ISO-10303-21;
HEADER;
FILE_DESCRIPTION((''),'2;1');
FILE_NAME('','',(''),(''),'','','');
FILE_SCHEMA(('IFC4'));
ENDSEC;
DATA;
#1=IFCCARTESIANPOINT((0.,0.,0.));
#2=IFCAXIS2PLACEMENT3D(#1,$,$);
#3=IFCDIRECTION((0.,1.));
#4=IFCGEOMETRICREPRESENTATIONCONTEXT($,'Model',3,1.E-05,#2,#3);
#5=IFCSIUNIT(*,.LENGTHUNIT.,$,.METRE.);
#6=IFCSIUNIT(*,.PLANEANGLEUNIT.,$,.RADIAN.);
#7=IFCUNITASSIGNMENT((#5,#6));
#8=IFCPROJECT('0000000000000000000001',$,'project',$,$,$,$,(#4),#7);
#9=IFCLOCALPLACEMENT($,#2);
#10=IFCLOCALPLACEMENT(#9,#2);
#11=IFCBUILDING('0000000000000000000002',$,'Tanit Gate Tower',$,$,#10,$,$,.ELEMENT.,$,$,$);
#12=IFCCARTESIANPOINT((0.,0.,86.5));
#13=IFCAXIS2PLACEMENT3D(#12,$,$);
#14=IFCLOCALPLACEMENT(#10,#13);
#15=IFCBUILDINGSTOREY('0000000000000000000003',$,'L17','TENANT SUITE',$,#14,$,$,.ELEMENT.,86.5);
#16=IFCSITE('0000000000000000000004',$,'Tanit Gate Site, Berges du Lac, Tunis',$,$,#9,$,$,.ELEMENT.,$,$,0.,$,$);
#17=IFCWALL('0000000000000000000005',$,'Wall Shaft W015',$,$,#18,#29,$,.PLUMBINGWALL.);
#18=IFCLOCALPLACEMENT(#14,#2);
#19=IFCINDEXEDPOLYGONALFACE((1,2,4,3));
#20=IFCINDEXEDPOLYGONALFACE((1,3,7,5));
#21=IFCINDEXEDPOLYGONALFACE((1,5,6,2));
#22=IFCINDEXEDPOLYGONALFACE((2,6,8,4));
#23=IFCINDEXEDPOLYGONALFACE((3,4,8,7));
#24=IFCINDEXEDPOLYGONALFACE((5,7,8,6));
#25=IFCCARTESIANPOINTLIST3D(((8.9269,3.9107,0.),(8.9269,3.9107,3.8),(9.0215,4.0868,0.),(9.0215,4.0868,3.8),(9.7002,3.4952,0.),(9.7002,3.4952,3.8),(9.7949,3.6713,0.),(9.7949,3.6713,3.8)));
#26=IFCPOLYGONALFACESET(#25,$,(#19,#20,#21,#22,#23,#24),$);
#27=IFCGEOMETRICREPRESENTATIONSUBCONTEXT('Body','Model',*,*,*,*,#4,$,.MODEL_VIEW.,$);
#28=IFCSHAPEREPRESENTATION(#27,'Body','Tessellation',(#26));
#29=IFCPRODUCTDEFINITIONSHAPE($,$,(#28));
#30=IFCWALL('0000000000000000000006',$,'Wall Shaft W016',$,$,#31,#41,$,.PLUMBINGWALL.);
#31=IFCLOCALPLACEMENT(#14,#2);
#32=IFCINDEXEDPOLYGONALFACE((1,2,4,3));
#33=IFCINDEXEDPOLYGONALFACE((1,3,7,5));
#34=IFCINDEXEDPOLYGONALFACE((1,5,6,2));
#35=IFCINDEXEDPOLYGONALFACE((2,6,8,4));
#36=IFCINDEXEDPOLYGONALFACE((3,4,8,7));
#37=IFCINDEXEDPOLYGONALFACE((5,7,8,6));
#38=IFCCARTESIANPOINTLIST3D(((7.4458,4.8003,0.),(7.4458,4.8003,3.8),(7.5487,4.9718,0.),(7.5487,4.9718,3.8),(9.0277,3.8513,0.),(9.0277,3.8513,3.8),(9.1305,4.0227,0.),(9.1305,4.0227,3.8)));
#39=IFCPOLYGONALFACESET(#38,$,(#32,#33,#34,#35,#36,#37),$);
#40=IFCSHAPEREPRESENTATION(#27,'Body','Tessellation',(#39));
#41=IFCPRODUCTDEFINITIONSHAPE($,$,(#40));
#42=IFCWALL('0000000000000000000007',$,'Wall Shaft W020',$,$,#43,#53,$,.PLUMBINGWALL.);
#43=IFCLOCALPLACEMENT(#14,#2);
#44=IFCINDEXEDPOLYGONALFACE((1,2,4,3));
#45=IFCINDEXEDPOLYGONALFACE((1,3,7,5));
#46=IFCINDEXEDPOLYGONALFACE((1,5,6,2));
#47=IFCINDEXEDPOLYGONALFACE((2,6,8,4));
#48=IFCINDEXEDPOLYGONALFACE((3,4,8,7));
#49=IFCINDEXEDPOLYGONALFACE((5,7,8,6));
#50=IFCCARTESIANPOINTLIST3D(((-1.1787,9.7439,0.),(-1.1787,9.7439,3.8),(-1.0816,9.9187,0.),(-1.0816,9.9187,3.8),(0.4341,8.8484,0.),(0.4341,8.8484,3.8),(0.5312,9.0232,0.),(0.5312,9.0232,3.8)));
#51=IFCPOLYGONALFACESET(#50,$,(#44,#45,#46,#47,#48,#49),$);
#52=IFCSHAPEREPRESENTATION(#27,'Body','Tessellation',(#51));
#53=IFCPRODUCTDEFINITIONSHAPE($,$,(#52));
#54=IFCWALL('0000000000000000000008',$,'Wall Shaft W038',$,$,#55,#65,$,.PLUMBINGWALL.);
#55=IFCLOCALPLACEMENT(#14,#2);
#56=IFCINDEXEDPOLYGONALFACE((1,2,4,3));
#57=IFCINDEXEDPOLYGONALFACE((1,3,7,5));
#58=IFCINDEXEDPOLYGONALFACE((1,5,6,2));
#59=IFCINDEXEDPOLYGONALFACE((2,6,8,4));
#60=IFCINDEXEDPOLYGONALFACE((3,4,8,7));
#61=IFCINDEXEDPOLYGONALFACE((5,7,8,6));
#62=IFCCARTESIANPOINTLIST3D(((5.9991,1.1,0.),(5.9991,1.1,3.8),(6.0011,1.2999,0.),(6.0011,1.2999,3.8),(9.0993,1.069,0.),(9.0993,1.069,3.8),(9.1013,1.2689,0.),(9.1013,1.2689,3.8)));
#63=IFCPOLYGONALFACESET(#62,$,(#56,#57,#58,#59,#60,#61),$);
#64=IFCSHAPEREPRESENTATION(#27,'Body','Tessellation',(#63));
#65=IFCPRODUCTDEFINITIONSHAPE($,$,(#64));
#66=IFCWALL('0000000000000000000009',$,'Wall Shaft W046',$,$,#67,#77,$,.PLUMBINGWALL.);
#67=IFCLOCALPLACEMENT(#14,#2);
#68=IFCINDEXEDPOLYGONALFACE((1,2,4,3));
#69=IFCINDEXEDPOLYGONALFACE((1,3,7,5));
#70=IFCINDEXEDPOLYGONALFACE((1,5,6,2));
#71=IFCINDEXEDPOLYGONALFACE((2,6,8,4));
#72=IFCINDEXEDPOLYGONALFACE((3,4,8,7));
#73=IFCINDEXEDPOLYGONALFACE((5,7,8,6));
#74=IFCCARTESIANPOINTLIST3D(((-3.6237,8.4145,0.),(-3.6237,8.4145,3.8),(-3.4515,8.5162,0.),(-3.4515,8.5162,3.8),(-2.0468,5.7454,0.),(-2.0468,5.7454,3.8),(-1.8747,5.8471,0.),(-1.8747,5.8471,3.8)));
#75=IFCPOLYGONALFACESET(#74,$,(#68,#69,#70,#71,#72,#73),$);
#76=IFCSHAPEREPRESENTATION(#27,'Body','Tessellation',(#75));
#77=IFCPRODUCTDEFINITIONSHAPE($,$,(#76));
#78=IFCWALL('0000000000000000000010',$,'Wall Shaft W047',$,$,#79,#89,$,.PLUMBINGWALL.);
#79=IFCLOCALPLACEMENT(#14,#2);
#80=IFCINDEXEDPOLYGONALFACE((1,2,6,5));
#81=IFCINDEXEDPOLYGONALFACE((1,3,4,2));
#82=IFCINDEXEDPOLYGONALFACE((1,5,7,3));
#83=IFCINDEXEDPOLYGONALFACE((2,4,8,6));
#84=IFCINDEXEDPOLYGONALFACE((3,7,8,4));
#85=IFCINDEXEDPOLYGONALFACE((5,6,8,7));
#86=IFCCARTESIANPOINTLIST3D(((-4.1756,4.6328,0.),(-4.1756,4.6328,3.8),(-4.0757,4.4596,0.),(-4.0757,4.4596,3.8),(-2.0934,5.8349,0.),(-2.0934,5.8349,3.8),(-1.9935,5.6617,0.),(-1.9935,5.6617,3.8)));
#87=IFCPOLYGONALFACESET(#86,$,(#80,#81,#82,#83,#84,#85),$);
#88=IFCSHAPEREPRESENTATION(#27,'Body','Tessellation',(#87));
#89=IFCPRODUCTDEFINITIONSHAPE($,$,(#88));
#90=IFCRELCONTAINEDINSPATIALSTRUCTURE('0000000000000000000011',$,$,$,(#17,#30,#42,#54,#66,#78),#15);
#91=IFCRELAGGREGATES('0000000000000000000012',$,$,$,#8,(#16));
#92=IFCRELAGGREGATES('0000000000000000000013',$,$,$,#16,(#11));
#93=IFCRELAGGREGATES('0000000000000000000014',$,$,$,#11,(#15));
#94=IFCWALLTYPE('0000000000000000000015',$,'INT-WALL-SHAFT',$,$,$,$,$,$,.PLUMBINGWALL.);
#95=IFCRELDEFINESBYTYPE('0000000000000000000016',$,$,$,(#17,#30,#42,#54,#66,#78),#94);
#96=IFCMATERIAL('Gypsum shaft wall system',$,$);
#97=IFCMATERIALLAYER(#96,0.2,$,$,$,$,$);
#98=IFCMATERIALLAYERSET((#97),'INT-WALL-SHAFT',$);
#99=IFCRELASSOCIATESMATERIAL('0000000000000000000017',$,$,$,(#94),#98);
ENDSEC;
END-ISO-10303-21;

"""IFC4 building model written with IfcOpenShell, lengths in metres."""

from ifc_helpers import new_model, si_unit, direction, frame, frame_2d, origin, place, context, subcontext, project, spatial, rectangle, extrude, material, layer, layer_set, type_object, element, save


model = new_model("IFC4")

# Units and contexts
model_context = context("Model", 3, precision=1e-05, world=origin(), true_north=direction((0.0, 1.0)))
body_context = subcontext(model_context, "Body", "Model", "MODEL_VIEW")
ifc_project = project(units=[si_unit("LENGTHUNIT", "METRE"), si_unit("PLANEANGLEUNIT", "RADIAN")], contexts=[model_context])

# Site, building, storey
site_placement = place(None, origin())
site = spatial("IfcSite", under=ifc_project, at=site_placement, Name="Tanit Gate Site, Berges du Lac, Tunis", CompositionType="ELEMENT", RefElevation=0.0)
building_placement = place(site_placement, origin())
building = spatial("IfcBuilding", under=site, at=building_placement, Name="Tanit Gate Tower", CompositionType="ELEMENT")
storey_placement = place(building_placement, frame((0.0, 0.0, 86.5)))
storey = spatial("IfcBuildingStorey", under=building, at=storey_placement, Name="L17", Description="TENANT SUITE", CompositionType="ELEMENT", Elevation=86.5)

# Walls
ifc_material_1 = material(Name="Gypsum shaft wall system")
ifc_layer_1 = layer(ifc_material_1, 0.2)
ifc_layer_set_1 = layer_set([ifc_layer_1], Name="INT-WALL-SHAFT")
wall_type_1 = type_object("IfcWallType", Name="INT-WALL-SHAFT", PredefinedType="PLUMBINGWALL", material=ifc_layer_set_1)
wall_1_placement = place(storey_placement, frame((9.7476, 3.5833, 0.0), z_axis=(0.0, 0.0, 1.0), x_axis=(-0.880917, 0.473271, 0.0)))
element("IfcWall", 1, at=wall_1_placement, inside=storey, type_object=wall_type_1, Name="Wall Shaft W015", PredefinedType="PLUMBINGWALL", context=body_context, shape_type="SweptSolid", body=[
    extrude(rectangle(XDim=0.8779, YDim=0.2, at=frame_2d((0.439, 0.0))), origin(), (0.0, 0.0, 1.0), 3.8),
])
for number, where, z_axis, x_axis, name in (
    (2, (9.0791, 3.937, 0.0), (0.0, 0.0, 1.0), (-0.857516, 0.514457, 0.0), "Wall Shaft W016"),
    (3, (0.4827, 8.9358, 0.0), (0.0, 0.0, 1.0), (-0.87427, 0.485441, 0.0), "Wall Shaft W020"),
):
    element("IfcWall", number, at=place(storey_placement, frame(where, z_axis=z_axis, x_axis=x_axis)), inside=storey, type_object=wall_type_1, Name=name, PredefinedType="PLUMBINGWALL", context=body_context, shape_type="SweptSolid", body=[
        extrude(rectangle(XDim=1.8447, YDim=0.2, at=frame_2d((0.9224, 0.0))), origin(), (0.0, 0.0, 1.0), 3.8),
    ])

# Walls
wall_2_placement = place(storey_placement, frame((6.0, 1.2, 0.0), z_axis=(0.0, 0.0, 1.0), x_axis=(0.99995, -0.010001, 0.0)))
element("IfcWall", 4, at=wall_2_placement, inside=storey, type_object=wall_type_1, Name="Wall Shaft W038", PredefinedType="PLUMBINGWALL", context=body_context, shape_type="SweptSolid", body=[
    extrude(rectangle(XDim=3.1003, YDim=0.2, at=frame_2d((1.5503, 0.0))), origin(), (0.0, 0.0, 1.0), 3.8),
])
wall_3_placement = place(storey_placement, frame((-3.5376, 8.4653, 0.0), z_axis=(0.0, 0.0, 1.0), x_axis=(0.508647, -0.860975, 0.0)))
element("IfcWall", 5, at=wall_3_placement, inside=storey, type_object=wall_type_1, Name="Wall Shaft W046", PredefinedType="PLUMBINGWALL", context=body_context, shape_type="SweptSolid", body=[
    extrude(rectangle(XDim=3.1001, YDim=0.2, at=frame_2d((1.55, 0.0))), origin(), (0.0, 0.0, 1.0), 3.8),
])
wall_4_placement = place(storey_placement, frame((-2.0435, 5.7483, 0.0), z_axis=(0.0, 0.0, 1.0), x_axis=(-0.866035, -0.499983, 0.0)))
element("IfcWall", 6, at=wall_4_placement, inside=storey, type_object=wall_type_1, Name="Wall Shaft W047", PredefinedType="PLUMBINGWALL", context=body_context, shape_type="SweptSolid", body=[
    extrude(rectangle(XDim=2.4043, YDim=0.2, at=frame_2d((1.2021, 0.0))), origin(), (0.0, 0.0, 1.0), 3.8),
])

save(model, "model.ifc")
